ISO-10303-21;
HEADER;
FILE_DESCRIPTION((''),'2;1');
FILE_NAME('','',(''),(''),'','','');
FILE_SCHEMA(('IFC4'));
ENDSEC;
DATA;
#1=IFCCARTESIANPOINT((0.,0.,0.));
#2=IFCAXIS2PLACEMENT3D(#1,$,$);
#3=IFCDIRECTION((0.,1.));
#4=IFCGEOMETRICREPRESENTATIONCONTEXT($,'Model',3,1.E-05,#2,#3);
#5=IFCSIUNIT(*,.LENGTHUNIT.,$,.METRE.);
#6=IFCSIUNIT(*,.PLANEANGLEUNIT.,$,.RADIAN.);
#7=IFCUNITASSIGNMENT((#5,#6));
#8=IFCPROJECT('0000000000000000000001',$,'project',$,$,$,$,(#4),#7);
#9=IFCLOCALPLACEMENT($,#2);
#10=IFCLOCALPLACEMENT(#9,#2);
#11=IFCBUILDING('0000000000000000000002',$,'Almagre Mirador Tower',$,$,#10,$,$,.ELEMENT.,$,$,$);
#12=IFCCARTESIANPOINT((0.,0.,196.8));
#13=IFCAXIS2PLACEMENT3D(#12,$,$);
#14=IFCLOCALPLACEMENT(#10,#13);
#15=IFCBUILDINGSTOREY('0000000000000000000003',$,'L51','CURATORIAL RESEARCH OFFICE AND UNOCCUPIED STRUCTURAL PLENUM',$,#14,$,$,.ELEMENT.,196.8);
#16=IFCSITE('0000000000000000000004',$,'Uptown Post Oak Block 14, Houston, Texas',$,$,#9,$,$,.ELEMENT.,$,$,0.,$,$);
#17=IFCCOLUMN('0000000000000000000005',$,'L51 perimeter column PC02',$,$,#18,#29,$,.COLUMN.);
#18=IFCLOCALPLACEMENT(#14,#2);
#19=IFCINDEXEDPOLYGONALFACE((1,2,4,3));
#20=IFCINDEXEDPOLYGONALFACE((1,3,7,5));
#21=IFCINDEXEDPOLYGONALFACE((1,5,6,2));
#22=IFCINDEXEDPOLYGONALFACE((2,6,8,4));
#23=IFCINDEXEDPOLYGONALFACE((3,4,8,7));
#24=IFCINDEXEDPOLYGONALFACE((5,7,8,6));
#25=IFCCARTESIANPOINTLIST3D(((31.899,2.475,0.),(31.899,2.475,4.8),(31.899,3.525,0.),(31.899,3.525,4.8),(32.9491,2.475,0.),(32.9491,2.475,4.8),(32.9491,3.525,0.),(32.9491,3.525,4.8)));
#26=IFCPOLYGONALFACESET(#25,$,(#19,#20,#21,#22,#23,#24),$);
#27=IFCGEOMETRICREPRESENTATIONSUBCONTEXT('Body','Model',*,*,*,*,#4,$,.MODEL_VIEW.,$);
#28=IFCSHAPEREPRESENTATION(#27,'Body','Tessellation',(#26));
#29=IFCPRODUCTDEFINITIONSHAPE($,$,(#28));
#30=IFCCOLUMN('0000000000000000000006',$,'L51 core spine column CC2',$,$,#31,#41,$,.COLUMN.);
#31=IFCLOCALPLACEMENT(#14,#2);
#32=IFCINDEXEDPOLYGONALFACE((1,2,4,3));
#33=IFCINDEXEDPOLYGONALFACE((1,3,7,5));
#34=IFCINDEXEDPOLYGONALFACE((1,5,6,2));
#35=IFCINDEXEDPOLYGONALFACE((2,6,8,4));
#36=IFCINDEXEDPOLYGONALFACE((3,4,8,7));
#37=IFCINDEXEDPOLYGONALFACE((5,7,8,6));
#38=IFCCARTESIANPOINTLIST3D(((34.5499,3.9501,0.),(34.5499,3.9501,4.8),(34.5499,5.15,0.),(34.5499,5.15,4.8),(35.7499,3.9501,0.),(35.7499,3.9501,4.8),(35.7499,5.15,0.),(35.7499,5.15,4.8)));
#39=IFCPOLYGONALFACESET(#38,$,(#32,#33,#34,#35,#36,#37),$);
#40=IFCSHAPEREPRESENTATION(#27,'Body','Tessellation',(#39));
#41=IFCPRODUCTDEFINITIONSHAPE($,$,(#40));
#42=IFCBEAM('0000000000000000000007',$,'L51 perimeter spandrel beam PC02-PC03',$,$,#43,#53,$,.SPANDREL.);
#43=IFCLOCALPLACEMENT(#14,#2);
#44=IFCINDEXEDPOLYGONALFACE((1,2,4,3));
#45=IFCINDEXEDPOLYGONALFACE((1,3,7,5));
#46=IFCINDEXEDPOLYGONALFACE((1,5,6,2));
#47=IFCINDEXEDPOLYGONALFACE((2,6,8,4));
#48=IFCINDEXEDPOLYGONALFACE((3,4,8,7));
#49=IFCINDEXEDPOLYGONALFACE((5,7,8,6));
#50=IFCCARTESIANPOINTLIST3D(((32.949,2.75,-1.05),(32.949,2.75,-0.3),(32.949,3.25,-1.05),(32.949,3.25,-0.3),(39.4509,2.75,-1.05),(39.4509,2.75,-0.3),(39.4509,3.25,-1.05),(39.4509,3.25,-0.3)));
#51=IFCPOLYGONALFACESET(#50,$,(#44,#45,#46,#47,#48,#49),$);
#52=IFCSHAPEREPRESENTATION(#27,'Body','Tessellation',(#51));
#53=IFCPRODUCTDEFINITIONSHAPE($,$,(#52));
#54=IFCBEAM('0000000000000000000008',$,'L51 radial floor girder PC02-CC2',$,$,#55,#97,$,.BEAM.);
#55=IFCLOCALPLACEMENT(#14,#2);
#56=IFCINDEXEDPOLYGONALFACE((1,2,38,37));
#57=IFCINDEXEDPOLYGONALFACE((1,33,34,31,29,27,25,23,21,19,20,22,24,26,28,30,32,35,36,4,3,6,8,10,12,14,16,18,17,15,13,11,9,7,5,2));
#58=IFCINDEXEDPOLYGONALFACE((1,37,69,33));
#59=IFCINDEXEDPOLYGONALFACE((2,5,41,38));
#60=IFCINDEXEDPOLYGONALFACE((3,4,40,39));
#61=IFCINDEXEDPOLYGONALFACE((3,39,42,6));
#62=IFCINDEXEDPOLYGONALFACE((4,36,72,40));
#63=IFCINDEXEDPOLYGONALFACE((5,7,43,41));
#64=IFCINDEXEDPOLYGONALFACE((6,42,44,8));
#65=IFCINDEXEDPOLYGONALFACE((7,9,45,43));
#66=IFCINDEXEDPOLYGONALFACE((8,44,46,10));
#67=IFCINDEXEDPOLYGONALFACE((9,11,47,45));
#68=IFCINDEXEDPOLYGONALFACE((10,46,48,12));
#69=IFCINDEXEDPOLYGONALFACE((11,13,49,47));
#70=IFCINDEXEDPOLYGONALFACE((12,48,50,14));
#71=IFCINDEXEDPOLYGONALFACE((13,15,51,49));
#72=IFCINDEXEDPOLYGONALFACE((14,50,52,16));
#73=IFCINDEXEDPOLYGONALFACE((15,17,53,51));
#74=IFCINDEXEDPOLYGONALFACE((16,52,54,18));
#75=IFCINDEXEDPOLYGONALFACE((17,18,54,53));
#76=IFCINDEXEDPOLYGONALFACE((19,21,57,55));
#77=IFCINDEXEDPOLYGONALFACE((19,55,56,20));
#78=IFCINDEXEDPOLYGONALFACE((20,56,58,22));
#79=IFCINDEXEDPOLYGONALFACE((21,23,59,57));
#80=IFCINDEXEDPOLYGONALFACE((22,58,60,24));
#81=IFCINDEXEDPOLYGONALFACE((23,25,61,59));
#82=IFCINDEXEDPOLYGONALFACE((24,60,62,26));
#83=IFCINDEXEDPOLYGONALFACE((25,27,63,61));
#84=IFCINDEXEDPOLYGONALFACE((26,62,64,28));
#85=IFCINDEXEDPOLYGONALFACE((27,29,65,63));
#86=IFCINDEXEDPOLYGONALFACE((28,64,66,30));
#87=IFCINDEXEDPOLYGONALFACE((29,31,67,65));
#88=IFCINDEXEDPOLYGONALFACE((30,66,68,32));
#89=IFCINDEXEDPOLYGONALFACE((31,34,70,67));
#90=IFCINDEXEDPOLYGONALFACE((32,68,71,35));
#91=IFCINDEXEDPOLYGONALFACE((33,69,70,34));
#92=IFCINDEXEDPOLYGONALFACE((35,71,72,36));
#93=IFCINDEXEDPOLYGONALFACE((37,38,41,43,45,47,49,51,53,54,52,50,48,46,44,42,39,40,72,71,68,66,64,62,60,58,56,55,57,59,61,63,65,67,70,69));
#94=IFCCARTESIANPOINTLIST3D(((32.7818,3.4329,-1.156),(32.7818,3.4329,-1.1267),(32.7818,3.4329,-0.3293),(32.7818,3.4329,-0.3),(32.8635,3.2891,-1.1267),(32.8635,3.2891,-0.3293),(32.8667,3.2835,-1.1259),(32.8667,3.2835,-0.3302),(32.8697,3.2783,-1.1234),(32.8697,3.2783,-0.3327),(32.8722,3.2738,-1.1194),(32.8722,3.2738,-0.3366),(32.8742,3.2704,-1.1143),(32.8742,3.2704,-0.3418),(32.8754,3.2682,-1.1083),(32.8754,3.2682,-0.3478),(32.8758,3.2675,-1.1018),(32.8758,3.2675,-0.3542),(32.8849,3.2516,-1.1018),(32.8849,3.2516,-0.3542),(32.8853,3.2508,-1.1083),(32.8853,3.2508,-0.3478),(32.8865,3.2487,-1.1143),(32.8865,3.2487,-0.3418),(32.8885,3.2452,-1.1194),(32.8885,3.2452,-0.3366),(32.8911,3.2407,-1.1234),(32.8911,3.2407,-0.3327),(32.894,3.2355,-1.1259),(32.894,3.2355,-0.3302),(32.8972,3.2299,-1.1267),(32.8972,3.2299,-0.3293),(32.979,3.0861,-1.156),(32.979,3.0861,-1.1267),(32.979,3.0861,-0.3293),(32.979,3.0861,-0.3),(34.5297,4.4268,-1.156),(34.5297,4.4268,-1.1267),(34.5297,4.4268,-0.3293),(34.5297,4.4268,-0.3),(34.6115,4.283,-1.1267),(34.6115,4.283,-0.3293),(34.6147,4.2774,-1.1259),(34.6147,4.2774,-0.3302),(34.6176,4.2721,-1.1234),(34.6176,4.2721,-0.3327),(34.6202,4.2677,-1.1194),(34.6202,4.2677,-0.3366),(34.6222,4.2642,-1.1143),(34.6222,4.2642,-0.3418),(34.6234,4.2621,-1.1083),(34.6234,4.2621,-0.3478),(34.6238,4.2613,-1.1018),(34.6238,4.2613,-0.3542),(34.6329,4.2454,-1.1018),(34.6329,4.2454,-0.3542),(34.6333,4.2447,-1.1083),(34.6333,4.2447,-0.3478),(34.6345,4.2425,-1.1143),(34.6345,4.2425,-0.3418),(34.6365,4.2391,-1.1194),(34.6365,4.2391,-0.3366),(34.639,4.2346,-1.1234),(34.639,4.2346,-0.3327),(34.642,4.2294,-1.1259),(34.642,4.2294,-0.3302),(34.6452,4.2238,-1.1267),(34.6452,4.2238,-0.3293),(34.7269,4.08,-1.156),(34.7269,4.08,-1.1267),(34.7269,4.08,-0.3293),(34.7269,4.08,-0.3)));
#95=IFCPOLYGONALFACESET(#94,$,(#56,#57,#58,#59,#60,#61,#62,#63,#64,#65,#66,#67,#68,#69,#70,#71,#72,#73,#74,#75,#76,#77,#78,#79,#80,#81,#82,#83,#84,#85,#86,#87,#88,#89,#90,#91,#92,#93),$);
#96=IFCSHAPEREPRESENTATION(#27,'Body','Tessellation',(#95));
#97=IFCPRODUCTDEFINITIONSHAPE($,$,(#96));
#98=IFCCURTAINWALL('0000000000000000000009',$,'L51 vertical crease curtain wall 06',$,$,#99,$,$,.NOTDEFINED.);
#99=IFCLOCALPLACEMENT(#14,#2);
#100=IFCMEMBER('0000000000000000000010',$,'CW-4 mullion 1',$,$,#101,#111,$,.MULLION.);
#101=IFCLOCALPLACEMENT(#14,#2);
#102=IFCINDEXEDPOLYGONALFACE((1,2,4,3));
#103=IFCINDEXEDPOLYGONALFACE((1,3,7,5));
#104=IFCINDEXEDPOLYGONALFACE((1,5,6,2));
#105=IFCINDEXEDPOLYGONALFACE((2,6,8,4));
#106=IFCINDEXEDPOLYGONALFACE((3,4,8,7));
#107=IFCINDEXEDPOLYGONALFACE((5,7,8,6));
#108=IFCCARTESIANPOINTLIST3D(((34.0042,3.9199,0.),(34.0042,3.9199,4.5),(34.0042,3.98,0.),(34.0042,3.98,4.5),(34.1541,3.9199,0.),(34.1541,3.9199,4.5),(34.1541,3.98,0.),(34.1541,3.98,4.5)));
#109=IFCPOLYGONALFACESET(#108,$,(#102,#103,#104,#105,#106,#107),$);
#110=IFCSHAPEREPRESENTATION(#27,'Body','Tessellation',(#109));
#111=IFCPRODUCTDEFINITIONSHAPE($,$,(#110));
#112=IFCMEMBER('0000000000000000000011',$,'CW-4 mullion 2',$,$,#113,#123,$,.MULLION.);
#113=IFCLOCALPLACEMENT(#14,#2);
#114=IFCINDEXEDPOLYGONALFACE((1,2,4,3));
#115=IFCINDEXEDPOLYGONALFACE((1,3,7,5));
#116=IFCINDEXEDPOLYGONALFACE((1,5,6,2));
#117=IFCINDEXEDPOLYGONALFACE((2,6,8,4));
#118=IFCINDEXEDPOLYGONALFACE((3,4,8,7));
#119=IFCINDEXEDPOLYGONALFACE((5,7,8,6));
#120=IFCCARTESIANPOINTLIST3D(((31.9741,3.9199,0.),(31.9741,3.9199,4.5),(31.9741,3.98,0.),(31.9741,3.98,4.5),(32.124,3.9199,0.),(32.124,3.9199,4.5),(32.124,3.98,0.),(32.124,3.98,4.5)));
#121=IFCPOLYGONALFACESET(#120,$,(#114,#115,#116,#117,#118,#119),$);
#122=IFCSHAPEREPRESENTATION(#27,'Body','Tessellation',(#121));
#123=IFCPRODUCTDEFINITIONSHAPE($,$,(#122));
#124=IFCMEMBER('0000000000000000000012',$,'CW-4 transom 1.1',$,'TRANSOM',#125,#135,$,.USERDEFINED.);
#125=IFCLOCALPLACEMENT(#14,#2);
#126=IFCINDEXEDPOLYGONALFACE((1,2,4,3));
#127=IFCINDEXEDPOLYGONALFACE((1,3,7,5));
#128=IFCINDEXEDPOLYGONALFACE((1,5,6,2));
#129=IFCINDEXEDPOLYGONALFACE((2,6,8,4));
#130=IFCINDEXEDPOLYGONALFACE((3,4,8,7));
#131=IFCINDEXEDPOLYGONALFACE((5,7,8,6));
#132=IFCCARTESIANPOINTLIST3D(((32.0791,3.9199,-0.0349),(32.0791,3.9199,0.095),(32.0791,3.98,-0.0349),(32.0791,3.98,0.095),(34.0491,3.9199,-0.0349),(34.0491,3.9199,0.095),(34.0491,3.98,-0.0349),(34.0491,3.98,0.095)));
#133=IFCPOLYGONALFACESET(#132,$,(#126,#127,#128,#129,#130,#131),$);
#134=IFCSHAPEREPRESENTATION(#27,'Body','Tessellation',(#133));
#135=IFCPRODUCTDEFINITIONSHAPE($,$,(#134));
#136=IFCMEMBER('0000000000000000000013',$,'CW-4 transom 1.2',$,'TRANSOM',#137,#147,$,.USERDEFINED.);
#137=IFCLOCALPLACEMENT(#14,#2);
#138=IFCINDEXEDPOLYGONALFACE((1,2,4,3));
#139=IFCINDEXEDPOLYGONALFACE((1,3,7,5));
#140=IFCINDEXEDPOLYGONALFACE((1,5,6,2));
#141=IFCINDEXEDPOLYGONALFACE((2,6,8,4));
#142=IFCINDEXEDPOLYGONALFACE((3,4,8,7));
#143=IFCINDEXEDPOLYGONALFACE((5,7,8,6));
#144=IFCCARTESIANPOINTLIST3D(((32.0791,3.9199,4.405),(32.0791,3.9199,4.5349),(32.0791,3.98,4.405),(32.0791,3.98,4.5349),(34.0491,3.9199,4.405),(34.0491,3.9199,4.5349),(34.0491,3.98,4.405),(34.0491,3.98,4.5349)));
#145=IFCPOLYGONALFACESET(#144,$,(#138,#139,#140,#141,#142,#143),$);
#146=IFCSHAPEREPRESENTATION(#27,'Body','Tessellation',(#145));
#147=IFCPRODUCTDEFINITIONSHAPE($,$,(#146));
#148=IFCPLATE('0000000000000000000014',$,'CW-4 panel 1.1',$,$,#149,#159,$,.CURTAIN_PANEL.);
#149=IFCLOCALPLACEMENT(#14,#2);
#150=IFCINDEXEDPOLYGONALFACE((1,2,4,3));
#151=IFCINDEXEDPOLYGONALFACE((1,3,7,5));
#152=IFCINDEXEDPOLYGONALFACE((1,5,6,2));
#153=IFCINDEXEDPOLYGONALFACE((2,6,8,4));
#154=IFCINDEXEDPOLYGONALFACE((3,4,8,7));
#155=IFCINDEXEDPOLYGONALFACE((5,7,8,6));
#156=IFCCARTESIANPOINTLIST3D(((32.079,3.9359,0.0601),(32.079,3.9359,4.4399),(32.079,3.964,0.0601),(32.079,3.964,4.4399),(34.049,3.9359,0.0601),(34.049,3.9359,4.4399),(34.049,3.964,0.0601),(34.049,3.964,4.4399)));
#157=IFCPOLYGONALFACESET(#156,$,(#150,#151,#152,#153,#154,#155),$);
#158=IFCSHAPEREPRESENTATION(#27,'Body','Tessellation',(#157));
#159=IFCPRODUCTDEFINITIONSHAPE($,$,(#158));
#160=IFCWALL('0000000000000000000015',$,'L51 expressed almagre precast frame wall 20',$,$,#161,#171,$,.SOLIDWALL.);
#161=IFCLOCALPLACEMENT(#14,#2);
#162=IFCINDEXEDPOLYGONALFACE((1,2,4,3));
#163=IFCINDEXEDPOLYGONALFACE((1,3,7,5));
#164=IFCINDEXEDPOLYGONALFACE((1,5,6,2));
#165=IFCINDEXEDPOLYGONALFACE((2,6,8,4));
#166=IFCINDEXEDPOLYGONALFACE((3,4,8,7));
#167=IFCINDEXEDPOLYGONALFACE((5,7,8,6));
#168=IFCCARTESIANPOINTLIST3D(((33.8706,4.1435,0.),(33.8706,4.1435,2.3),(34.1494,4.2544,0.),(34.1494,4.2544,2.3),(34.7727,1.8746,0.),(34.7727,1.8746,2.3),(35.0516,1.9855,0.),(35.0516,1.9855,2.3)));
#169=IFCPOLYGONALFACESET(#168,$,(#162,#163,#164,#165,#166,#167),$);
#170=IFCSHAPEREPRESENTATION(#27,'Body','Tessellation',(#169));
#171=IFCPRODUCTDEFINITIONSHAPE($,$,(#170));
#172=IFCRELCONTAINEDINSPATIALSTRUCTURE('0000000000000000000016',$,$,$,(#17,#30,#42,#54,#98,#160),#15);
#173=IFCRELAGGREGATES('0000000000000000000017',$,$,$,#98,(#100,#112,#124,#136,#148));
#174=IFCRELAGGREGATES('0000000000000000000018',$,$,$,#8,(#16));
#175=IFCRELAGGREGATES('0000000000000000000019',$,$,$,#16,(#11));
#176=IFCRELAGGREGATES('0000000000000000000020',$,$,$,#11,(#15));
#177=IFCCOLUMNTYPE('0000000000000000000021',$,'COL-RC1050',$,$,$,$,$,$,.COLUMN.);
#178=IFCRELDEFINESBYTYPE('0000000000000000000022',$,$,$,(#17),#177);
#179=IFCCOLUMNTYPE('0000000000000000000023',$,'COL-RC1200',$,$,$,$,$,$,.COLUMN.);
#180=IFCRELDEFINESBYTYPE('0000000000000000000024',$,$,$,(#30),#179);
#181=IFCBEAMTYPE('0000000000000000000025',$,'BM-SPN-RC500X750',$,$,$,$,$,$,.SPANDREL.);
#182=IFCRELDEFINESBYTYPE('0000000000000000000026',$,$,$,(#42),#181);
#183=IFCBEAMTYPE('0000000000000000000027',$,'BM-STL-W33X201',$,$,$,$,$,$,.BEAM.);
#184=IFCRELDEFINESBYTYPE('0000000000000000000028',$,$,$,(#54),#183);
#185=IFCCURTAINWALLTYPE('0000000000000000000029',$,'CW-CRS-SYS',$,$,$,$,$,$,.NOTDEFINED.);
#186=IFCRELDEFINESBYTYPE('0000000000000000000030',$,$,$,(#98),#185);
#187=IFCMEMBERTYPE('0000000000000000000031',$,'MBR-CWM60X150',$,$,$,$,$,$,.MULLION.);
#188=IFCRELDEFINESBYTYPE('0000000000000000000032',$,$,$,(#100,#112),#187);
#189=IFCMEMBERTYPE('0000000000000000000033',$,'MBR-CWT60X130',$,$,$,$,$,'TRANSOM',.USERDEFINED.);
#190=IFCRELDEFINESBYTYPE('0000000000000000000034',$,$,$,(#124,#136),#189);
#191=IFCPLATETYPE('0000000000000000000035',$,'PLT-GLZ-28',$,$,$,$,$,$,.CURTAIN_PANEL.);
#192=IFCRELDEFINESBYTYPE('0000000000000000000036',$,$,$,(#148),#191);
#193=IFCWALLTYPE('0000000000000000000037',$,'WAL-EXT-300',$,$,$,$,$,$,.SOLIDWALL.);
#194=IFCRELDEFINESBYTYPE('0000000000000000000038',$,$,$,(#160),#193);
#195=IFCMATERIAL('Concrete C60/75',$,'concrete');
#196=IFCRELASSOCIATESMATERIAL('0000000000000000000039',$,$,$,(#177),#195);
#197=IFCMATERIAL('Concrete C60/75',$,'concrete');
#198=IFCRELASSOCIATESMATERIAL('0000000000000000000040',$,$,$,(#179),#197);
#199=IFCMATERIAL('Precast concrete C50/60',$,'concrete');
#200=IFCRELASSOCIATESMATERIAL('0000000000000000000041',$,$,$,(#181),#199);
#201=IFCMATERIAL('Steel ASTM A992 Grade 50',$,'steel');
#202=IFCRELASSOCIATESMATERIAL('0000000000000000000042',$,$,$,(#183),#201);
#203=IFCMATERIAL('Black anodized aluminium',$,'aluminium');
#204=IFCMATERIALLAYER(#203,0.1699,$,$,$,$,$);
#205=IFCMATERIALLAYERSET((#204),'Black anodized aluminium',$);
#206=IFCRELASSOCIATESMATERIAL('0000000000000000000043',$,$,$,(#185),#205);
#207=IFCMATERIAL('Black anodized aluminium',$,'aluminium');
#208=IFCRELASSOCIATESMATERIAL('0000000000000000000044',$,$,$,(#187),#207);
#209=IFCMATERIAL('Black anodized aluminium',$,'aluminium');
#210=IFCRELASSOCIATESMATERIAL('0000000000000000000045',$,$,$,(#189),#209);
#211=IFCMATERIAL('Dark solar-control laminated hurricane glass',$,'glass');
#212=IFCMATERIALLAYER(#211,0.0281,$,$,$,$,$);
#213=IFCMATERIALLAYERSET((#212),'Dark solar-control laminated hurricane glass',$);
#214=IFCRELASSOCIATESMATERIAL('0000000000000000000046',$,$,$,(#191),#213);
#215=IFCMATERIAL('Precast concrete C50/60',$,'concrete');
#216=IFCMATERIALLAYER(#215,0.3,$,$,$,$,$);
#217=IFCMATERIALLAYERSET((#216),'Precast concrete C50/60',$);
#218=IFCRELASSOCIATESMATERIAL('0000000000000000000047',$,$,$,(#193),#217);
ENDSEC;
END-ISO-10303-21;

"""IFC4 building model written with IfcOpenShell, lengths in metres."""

from ifc_helpers import new_model, si_unit, direction, frame, frame_2d, origin, origin_2d, place, context, subcontext, project, spatial, rectangle, i_section, extrude, material, layer, layer_set, material_profile, profile_set, type_object, element, aggregate, save


model = new_model("IFC4")

# Units and contexts
model_context = context("Model", 3, precision=1e-05, world=origin(), true_north=direction((0.0, 1.0)))
body_context = subcontext(model_context, "Body", "Model", "MODEL_VIEW")
ifc_project = project(units=[si_unit("LENGTHUNIT", "METRE"), si_unit("PLANEANGLEUNIT", "RADIAN")], contexts=[model_context])

# Site, building, storey
site_placement = place(None, origin())
site = spatial("IfcSite", under=ifc_project, at=site_placement, Name="Uptown Post Oak Block 14, Houston, Texas", CompositionType="ELEMENT", RefElevation=0.0)
building_placement = place(site_placement, origin())
building = spatial("IfcBuilding", under=site, at=building_placement, Name="Almagre Mirador Tower", CompositionType="ELEMENT")
storey_placement = place(building_placement, frame((0.0, 0.0, 196.8)))
storey = spatial("IfcBuildingStorey", under=building, at=storey_placement, Name="L51", Description="CURATORIAL RESEARCH OFFICE AND UNOCCUPIED STRUCTURAL PLENUM", CompositionType="ELEMENT", Elevation=196.8)

# Columns
ifc_material_1 = material(Name="Concrete C60/75", Category="concrete")
ifc_material_profile_1 = material_profile(ifc_material_1, rectangle(XDim=1.05, YDim=1.05, at=origin_2d()), Name="RC1050X1050")
ifc_profile_set_1 = profile_set([ifc_material_profile_1], Name="Concrete C60/75")
column_type_1 = type_object("IfcColumnType", Name="COL-RC1050", PredefinedType="COLUMN", material=ifc_profile_set_1)
column_1_placement = place(storey_placement, frame((32.4241, 3.0, 0.0), z_axis=(0.0, 0.0, 1.0), x_axis=(1.0, 0.0, 0.0)))
element("IfcColumn", 1, at=column_1_placement, inside=storey, type_object=column_type_1, Name="L51 perimeter column PC02", PredefinedType="COLUMN", context=body_context, shape_type="SweptSolid", body=[
    extrude(rectangle(XDim=1.05, YDim=1.05, at=origin_2d()), origin(), (0.0, 0.0, 1.0), 4.8),
])
ifc_material_2 = material(Name="Concrete C60/75", Category="concrete")
ifc_material_profile_2 = material_profile(ifc_material_2, rectangle(XDim=1.2, YDim=1.2, at=origin_2d()), Name="RC1200X1200")
ifc_profile_set_2 = profile_set([ifc_material_profile_2], Name="Concrete C60/75")
column_type_2 = type_object("IfcColumnType", Name="COL-RC1200", PredefinedType="COLUMN", material=ifc_profile_set_2)
column_2_placement = place(storey_placement, frame((35.1499, 4.55, 0.0), z_axis=(0.0, 0.0, 1.0), x_axis=(1.0, 0.0, 0.0)))
element("IfcColumn", 2, at=column_2_placement, inside=storey, type_object=column_type_2, Name="L51 core spine column CC2", PredefinedType="COLUMN", context=body_context, shape_type="SweptSolid", body=[
    extrude(rectangle(XDim=1.2, YDim=1.2, at=origin_2d()), origin(), (0.0, 0.0, 1.0), 4.8),
])

# Beams
ifc_material_3 = material(Name="Precast concrete C50/60", Category="concrete")
ifc_material_profile_3 = material_profile(ifc_material_3, rectangle(XDim=0.5, YDim=0.75, at=origin_2d()), Name="RC500X750")
ifc_profile_set_3 = profile_set([ifc_material_profile_3], Name="Precast concrete C50/60")
beam_type_1 = type_object("IfcBeamType", Name="BM-SPN-RC500X750", PredefinedType="SPANDREL", material=ifc_profile_set_3)
beam_1_placement = place(storey_placement, frame((32.949, 3.0, -0.675), z_axis=(1.0, 0.0, 0.0), x_axis=(0.0, 1.0, 0.0)))
element("IfcBeam", 3, at=beam_1_placement, inside=storey, type_object=beam_type_1, Name="L51 perimeter spandrel beam PC02-PC03", PredefinedType="SPANDREL", context=body_context, shape_type="SweptSolid", body=[
    extrude(rectangle(XDim=0.5, YDim=0.75, at=origin_2d()), origin(), (0.0, 0.0, 1.0), 6.502),
])
ifc_material_4 = material(Name="Steel ASTM A992 Grade 50", Category="steel")
ifc_material_profile_4 = material_profile(ifc_material_4, i_section(OverallWidth=0.3989, OverallDepth=0.856, WebThickness=0.0183, FlangeThickness=0.0293, FilletRadius=0.0249, at=origin_2d()), Name="W33X201")
ifc_profile_set_4 = profile_set([ifc_material_profile_4], Name="Steel ASTM A992 Grade 50")
beam_type_2 = type_object("IfcBeamType", Name="BM-STL-W33X201", PredefinedType="BEAM", material=ifc_profile_set_4)
beam_2_placement = place(storey_placement, frame((32.8804, 3.2595, -0.728), z_axis=(0.86931, 0.494268, 0.0), x_axis=(-0.494268, 0.86931, 0.0)))
element("IfcBeam", 4, at=beam_2_placement, inside=storey, type_object=beam_type_2, Name="L51 radial floor girder PC02-CC2", PredefinedType="BEAM", context=body_context, shape_type="SweptSolid", body=[
    extrude(i_section(OverallWidth=0.3989, OverallDepth=0.856, WebThickness=0.0183, FlangeThickness=0.0293, FilletRadius=0.0249, at=origin_2d()), origin(), (0.0, 0.0, 1.0), 2.0107),
])

# Curtain wall, members, plate
ifc_material_5 = material(Name="Black anodized aluminium", Category="aluminium")
ifc_layer_1 = layer(ifc_material_5, 0.1699)
ifc_layer_set_1 = layer_set([ifc_layer_1], Name="Black anodized aluminium")
curtain_wall_type = type_object("IfcCurtainWallType", Name="CW-CRS-SYS", PredefinedType="NOTDEFINED", material=ifc_layer_set_1)
curtain_wall_placement = place(storey_placement, origin())
curtain_wall = element("IfcCurtainWall", 5, at=curtain_wall_placement, inside=storey, type_object=curtain_wall_type, Name="L51 vertical crease curtain wall 06", PredefinedType="NOTDEFINED")
ifc_material_6 = material(Name="Black anodized aluminium", Category="aluminium")
ifc_material_profile_5 = material_profile(ifc_material_6, rectangle(XDim=0.0601, YDim=0.1499, at=origin_2d()), Name="CWM60X150")
ifc_profile_set_5 = profile_set([ifc_material_profile_5], Name="Black anodized aluminium")
member_type_1 = type_object("IfcMemberType", Name="MBR-CWM60X150", PredefinedType="MULLION", material=ifc_profile_set_5)
member_1_placement = place(storey_placement, frame((34.0791, 3.95, 0.0), z_axis=(0.0, 0.0, 1.0), x_axis=(0.0, -1.0, 0.0)))
member_1 = element("IfcMember", 6, at=member_1_placement, type_object=member_type_1, Name="CW-4 mullion 1", PredefinedType="MULLION", context=body_context, shape_type="SweptSolid", body=[
    extrude(rectangle(XDim=0.0601, YDim=0.1499, at=origin_2d()), origin(), (0.0, 0.0, 1.0), 4.5),
])
member_2_placement = place(storey_placement, frame((32.0491, 3.95, 0.0), z_axis=(0.0, 0.0, 1.0), x_axis=(0.0, -1.0, 0.0)))
member_2 = element("IfcMember", 7, at=member_2_placement, type_object=member_type_1, Name="CW-4 mullion 2", PredefinedType="MULLION", context=body_context, shape_type="SweptSolid", body=[
    extrude(rectangle(XDim=0.0601, YDim=0.1499, at=origin_2d()), origin(), (0.0, 0.0, 1.0), 4.5),
])
ifc_material_7 = material(Name="Black anodized aluminium", Category="aluminium")
ifc_material_profile_6 = material_profile(ifc_material_7, rectangle(XDim=0.0601, YDim=0.1299, at=origin_2d()), Name="CWT60X130")
ifc_profile_set_6 = profile_set([ifc_material_profile_6], Name="Black anodized aluminium")
member_type_2 = type_object("IfcMemberType", Name="MBR-CWT60X130", ElementType="TRANSOM", PredefinedType="USERDEFINED", material=ifc_profile_set_6)
member_3_placement = place(storey_placement, frame((34.0491, 3.95, 0.03), z_axis=(-1.0, 0.0, 0.0), x_axis=(0.0, -1.0, 0.0)))
member_3 = element("IfcMember", 8, at=member_3_placement, type_object=member_type_2, Name="CW-4 transom 1.1", ObjectType="TRANSOM", PredefinedType="USERDEFINED", context=body_context, shape_type="SweptSolid", body=[
    extrude(rectangle(XDim=0.0601, YDim=0.1299, at=origin_2d()), origin(), (0.0, 0.0, 1.0), 1.97),
])
member_4_placement = place(storey_placement, frame((34.0491, 3.95, 4.47), z_axis=(-1.0, 0.0, 0.0), x_axis=(0.0, -1.0, 0.0)))
member_4 = element("IfcMember", 9, at=member_4_placement, type_object=member_type_2, Name="CW-4 transom 1.2", ObjectType="TRANSOM", PredefinedType="USERDEFINED", context=body_context, shape_type="SweptSolid", body=[
    extrude(rectangle(XDim=0.0601, YDim=0.1299, at=origin_2d()), origin(), (0.0, 0.0, 1.0), 1.97),
])
ifc_material_8 = material(Name="Dark solar-control laminated hurricane glass", Category="glass")
ifc_layer_2 = layer(ifc_material_8, 0.0281)
ifc_layer_set_2 = layer_set([ifc_layer_2], Name="Dark solar-control laminated hurricane glass")
plate_type = type_object("IfcPlateType", Name="PLT-GLZ-28", PredefinedType="CURTAIN_PANEL", material=ifc_layer_set_2)
plate_placement = place(storey_placement, frame((33.064, 3.95, 0.0601), z_axis=(0.0, 0.0, 1.0), x_axis=(-1.0, 0.0, 0.0)))
plate = element("IfcPlate", 10, at=plate_placement, type_object=plate_type, Name="CW-4 panel 1.1", PredefinedType="CURTAIN_PANEL", context=body_context, shape_type="SweptSolid", body=[
    extrude(rectangle(XDim=1.97, YDim=0.0281, at=origin_2d()), origin(), (0.0, 0.0, 1.0), 4.3799),
])
aggregate(curtain_wall, [member_1, member_2, member_3, member_4, plate])

# Wall
ifc_material_9 = material(Name="Precast concrete C50/60", Category="concrete")
ifc_layer_3 = layer(ifc_material_9, 0.3)
ifc_layer_set_3 = layer_set([ifc_layer_3], Name="Precast concrete C50/60")
wall_type_1 = type_object("IfcWallType", Name="WAL-EXT-300", PredefinedType="SOLIDWALL", material=ifc_layer_set_3)
wall_1_placement = place(storey_placement, frame((34.9121, 1.9302, 0.0), z_axis=(0.0, 0.0, 1.0), x_axis=(-0.369476, 0.92924, 0.0)))
element("IfcWall", 11, at=wall_1_placement, inside=storey, type_object=wall_type_1, Name="L51 expressed almagre precast frame wall 20", PredefinedType="SOLIDWALL", context=body_context, shape_type="SweptSolid", body=[
    extrude(rectangle(XDim=2.4417, YDim=0.3, at=frame_2d((1.2207, 0.0))), origin(), (0.0, 0.0, 1.0), 2.3),
])

save(model, "model.ifc")
